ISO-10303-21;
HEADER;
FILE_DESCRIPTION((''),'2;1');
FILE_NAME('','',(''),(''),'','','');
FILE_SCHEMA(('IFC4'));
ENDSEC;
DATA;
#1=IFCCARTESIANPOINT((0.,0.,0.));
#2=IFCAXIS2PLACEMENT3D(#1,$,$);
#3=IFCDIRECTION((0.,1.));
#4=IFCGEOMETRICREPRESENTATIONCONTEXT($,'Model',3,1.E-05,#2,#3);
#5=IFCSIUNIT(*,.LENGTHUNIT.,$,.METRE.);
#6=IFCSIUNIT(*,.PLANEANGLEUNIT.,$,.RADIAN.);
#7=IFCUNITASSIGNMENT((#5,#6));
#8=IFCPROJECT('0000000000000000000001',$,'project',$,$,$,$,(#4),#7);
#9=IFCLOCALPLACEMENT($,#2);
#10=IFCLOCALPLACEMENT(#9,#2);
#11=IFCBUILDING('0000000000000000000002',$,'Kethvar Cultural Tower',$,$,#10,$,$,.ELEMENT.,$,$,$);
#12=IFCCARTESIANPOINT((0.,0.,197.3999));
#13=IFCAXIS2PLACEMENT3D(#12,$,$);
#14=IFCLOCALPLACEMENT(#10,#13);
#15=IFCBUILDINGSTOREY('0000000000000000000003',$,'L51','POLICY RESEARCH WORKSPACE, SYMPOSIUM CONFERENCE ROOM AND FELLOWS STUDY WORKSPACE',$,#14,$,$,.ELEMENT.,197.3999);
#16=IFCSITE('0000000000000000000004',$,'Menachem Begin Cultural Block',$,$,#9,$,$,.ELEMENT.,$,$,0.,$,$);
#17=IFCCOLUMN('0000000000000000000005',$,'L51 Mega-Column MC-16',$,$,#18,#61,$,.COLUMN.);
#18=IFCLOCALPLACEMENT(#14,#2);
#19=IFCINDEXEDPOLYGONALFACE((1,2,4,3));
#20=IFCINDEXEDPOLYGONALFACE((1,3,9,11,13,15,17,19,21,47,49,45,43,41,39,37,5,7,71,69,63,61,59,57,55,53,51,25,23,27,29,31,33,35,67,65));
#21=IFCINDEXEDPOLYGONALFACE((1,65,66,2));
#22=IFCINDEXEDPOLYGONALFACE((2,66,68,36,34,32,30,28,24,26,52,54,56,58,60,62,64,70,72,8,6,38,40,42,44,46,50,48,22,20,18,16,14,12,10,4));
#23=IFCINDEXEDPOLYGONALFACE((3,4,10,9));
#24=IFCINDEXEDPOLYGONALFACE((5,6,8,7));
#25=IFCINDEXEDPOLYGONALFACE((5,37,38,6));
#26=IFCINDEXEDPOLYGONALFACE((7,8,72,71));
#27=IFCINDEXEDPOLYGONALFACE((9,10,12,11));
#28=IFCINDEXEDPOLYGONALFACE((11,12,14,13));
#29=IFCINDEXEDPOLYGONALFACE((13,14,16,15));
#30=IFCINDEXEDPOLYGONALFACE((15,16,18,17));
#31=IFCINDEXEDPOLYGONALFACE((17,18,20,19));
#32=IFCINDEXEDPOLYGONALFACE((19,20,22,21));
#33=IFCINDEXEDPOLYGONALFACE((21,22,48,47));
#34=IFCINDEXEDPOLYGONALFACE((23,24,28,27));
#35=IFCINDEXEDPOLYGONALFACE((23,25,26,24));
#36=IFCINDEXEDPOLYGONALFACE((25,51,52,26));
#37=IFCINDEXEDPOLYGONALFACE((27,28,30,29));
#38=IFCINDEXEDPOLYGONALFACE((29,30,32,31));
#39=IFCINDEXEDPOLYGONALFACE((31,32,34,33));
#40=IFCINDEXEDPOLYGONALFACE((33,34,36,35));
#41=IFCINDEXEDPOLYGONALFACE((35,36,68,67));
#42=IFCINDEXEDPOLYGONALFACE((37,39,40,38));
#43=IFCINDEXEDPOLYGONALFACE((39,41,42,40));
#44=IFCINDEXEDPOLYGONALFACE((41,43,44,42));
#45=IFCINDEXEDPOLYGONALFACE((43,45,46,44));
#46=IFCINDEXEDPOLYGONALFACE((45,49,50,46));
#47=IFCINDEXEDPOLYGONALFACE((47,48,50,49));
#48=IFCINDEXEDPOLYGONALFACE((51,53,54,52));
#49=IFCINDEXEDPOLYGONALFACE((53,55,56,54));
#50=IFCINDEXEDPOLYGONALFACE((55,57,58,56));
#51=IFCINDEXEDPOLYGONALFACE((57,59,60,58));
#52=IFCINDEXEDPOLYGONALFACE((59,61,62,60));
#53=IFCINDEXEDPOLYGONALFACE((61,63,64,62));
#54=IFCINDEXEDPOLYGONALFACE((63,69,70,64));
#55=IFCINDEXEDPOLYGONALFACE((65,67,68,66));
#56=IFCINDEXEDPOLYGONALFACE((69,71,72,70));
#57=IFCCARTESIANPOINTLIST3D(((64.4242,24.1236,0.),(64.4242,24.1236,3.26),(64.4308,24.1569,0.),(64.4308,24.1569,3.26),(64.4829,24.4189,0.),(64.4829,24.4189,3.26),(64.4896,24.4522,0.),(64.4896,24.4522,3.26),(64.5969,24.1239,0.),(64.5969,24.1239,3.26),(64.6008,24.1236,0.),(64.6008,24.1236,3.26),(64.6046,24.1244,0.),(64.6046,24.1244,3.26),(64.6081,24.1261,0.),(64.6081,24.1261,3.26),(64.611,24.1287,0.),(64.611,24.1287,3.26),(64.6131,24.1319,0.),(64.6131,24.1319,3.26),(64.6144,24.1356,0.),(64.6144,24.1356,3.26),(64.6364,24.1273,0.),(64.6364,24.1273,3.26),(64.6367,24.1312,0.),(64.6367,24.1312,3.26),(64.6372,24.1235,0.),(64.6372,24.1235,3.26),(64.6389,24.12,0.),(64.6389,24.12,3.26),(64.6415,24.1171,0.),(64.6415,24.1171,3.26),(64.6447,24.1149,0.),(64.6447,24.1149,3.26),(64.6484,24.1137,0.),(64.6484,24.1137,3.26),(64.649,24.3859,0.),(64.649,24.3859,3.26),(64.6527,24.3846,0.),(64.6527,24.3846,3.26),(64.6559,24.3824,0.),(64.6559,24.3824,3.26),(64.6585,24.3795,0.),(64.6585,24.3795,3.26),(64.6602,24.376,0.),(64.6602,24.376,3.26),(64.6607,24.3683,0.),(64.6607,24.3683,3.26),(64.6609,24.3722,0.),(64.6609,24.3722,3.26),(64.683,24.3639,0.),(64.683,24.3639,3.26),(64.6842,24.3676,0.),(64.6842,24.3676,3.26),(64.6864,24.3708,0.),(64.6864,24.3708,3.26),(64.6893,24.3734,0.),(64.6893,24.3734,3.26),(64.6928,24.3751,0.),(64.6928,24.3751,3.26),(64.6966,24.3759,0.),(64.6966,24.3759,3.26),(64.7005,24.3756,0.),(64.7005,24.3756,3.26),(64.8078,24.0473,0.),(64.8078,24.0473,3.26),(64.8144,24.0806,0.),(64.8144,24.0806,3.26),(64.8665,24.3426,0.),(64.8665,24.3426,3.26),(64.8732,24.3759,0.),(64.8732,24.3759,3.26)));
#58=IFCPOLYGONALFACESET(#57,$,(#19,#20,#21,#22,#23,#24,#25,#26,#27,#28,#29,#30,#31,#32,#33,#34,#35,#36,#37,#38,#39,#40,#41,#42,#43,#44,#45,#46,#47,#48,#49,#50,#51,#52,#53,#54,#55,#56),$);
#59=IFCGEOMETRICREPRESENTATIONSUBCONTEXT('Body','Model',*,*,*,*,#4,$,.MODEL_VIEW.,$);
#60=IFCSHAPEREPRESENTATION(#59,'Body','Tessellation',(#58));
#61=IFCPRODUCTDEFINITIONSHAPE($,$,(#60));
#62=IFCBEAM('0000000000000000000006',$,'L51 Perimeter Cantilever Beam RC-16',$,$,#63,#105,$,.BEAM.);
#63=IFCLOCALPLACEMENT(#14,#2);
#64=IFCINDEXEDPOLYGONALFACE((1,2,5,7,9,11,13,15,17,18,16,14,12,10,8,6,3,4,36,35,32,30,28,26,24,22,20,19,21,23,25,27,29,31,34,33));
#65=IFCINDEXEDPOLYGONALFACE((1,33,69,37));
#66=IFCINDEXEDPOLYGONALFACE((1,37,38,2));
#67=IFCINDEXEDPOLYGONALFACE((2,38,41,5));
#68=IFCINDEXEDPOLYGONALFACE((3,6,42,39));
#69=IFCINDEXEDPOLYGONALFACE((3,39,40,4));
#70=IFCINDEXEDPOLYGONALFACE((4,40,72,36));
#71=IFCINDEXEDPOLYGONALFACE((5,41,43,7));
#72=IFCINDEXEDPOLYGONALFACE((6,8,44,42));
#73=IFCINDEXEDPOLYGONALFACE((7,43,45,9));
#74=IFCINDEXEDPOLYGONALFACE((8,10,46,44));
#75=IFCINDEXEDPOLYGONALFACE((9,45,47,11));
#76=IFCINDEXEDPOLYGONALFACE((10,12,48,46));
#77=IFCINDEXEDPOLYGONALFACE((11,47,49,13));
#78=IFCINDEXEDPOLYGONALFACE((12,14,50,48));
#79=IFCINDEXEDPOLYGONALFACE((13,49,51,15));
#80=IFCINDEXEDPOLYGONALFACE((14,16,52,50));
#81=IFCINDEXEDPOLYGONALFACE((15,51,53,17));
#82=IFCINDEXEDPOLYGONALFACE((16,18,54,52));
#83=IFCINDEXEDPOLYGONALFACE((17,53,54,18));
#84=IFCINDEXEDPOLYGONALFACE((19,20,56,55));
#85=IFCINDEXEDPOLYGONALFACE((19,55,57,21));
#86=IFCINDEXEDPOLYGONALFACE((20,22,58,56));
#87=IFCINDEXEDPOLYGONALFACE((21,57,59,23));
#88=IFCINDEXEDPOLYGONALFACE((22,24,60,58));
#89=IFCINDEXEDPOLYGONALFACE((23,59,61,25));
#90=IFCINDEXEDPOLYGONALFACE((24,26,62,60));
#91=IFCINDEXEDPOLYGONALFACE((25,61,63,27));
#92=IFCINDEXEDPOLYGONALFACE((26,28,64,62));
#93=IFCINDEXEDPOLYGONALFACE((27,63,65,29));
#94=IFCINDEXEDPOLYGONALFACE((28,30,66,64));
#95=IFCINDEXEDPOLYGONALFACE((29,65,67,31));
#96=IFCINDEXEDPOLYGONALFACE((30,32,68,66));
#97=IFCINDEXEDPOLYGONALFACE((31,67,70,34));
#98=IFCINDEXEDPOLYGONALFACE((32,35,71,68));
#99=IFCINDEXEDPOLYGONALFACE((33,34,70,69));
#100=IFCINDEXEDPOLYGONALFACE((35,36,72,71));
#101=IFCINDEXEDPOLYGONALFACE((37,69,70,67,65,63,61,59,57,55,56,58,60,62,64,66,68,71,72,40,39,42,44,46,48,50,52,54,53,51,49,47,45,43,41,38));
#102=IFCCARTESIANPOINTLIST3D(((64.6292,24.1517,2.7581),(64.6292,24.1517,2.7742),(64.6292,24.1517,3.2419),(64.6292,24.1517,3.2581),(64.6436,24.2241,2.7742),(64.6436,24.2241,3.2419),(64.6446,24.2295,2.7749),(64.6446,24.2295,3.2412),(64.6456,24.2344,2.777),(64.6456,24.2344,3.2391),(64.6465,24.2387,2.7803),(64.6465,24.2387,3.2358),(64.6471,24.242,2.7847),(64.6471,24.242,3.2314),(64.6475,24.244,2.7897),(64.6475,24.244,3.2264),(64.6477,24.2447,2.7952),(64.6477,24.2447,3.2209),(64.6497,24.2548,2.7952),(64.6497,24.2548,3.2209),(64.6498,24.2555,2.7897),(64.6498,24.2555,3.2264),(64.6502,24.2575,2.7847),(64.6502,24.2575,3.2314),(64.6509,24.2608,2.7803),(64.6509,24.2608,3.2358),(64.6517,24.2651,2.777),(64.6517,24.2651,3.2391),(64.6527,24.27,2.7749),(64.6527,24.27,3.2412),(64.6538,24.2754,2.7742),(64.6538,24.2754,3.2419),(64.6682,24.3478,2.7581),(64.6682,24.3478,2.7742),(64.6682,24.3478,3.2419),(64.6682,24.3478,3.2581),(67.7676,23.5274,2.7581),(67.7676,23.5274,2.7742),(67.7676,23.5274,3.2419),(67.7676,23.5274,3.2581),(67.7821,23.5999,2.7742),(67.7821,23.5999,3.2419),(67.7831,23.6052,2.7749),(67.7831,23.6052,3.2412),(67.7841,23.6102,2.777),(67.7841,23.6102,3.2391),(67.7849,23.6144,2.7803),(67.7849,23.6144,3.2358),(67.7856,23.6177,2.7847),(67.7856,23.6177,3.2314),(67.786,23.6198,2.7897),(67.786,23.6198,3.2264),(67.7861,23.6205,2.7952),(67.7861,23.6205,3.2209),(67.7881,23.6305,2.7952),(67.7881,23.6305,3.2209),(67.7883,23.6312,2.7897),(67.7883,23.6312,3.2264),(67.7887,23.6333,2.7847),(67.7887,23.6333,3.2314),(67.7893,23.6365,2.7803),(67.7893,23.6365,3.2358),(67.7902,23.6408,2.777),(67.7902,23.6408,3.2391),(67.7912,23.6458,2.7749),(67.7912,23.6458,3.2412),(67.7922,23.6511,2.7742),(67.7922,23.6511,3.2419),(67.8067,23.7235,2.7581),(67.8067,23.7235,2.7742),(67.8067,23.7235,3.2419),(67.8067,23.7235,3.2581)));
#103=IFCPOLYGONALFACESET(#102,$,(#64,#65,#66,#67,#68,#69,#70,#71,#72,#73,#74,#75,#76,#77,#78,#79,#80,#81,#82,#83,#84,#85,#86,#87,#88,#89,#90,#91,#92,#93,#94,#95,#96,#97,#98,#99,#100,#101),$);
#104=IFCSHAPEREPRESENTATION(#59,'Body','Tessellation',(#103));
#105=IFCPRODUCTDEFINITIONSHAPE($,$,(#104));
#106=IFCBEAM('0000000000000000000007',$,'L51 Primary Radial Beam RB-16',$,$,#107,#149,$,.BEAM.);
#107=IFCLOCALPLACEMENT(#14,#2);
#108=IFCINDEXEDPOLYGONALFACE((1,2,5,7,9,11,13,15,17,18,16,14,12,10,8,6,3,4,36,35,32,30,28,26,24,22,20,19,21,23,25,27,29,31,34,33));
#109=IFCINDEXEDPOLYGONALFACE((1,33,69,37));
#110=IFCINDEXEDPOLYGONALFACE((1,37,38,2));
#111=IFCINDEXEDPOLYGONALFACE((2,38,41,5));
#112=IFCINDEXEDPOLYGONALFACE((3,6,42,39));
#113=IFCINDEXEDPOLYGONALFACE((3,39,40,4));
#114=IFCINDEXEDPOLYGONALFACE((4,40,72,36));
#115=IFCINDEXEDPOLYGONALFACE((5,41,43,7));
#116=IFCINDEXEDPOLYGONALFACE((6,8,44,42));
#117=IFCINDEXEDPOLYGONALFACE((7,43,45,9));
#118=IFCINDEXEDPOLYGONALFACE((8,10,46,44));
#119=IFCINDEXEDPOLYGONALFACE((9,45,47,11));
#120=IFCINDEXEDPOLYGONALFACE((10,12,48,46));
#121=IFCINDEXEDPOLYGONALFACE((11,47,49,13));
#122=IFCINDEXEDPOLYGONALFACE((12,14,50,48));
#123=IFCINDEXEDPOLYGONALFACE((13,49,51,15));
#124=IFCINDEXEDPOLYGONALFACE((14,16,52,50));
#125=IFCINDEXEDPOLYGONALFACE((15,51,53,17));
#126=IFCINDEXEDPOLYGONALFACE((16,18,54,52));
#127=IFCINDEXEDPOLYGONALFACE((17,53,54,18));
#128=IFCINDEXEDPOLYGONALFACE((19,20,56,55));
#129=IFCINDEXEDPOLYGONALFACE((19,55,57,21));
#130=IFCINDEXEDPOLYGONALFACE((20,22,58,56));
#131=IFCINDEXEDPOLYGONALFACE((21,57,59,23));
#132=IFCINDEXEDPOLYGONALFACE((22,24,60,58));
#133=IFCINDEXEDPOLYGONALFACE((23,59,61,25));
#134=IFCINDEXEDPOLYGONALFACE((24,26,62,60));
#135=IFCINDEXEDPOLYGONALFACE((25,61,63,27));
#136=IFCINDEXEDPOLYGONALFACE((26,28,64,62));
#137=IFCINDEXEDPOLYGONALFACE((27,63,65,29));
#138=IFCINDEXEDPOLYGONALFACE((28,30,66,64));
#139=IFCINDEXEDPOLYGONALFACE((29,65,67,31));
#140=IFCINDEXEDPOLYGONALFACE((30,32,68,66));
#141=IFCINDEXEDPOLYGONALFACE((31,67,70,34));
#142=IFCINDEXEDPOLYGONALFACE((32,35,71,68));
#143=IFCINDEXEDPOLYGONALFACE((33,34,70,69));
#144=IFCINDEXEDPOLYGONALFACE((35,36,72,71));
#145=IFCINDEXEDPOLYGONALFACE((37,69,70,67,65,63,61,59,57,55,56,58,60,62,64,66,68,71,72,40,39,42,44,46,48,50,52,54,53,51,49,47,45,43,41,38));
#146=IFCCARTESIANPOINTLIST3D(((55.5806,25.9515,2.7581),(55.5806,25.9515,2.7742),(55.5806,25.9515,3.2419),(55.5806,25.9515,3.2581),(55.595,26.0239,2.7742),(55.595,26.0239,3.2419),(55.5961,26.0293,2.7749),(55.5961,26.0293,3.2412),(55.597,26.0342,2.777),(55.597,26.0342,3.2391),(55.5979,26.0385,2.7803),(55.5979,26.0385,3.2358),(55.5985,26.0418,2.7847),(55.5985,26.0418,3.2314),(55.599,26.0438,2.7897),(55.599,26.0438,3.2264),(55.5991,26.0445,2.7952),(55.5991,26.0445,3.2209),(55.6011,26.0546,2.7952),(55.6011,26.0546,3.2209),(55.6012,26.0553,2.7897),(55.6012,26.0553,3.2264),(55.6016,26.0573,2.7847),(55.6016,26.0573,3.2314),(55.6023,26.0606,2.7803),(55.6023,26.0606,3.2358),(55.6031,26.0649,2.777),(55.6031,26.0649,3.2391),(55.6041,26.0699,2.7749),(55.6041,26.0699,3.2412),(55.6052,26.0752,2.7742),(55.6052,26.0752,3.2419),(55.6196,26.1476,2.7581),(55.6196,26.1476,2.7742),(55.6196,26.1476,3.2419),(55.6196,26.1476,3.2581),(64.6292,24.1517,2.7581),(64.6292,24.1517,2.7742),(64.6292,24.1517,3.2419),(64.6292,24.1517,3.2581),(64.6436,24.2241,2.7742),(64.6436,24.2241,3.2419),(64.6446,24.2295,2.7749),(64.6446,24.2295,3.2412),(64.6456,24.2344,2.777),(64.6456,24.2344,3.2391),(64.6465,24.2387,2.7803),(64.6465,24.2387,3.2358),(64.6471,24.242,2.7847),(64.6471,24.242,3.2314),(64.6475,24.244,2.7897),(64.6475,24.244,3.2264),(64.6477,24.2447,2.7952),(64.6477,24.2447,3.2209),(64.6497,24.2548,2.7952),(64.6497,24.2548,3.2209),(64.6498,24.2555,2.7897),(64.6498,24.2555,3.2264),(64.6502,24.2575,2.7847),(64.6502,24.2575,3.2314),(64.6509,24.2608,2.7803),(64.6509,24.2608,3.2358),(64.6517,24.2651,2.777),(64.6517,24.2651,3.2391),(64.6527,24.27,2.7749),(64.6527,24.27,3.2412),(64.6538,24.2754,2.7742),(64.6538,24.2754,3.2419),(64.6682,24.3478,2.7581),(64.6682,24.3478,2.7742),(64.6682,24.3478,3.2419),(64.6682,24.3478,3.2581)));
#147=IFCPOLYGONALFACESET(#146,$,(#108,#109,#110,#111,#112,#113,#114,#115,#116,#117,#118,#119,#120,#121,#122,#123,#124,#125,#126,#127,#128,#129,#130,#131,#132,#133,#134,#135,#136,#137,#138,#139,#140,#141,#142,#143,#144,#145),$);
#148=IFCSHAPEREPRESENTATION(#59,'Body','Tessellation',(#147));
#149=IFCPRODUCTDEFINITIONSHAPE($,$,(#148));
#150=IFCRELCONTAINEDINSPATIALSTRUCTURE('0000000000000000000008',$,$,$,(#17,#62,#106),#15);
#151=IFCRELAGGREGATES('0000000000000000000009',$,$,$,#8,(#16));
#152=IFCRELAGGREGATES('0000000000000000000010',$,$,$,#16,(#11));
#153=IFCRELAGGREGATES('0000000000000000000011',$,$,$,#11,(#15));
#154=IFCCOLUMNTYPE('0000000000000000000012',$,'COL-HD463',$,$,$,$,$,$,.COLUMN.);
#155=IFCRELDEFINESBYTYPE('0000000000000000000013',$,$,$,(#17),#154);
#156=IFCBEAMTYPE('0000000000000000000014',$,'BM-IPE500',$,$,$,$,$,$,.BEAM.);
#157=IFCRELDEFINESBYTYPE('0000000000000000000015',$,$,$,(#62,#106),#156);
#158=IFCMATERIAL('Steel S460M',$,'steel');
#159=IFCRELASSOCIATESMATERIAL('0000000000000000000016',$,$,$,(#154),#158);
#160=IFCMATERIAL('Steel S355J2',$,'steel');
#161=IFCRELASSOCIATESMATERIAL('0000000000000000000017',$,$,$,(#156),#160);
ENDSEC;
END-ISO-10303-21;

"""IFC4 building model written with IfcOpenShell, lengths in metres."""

from ifc_helpers import new_model, si_unit, direction, frame, origin, origin_2d, place, context, subcontext, project, spatial, i_section, extrude, source, transform, mapped, material, material_profile, profile_set, type_object, element, save


model = new_model("IFC4")

# Units and contexts
model_context = context("Model", 3, precision=1e-05, world=origin(), true_north=direction((0.0, 1.0)))
body_context = subcontext(model_context, "Body", "Model", "MODEL_VIEW")
ifc_project = project(units=[si_unit("LENGTHUNIT", "METRE"), si_unit("PLANEANGLEUNIT", "RADIAN")], contexts=[model_context])

# Site, building, storey
site_placement = place(None, origin())
site = spatial("IfcSite", under=ifc_project, at=site_placement, Name="Menachem Begin Cultural Block", CompositionType="ELEMENT", RefElevation=0.0)
building_placement = place(site_placement, origin())
building = spatial("IfcBuilding", under=site, at=building_placement, Name="Kethvar Cultural Tower", CompositionType="ELEMENT")
storey_placement = place(building_placement, frame((0.0, 0.0, 197.3999)))
storey = spatial("IfcBuildingStorey", under=building, at=storey_placement, Name="L51", Description="POLICY RESEARCH WORKSPACE, SYMPOSIUM CONFERENCE ROOM AND FELLOWS STUDY WORKSPACE", CompositionType="ELEMENT", Elevation=197.3999)

# Column
ifc_material_1 = material(Name="Steel S460M", Category="steel")
ifc_material_profile_1 = material_profile(ifc_material_1, i_section(OverallWidth=0.3911, OverallDepth=0.335, WebThickness=0.0227, FlangeThickness=0.0339, FilletRadius=0.0149, at=origin_2d()), Name="Steel S460M — HD400x463")
ifc_profile_set_1 = profile_set([ifc_material_profile_1], Name="Steel S460M — HD400x463")
column_type = type_object("IfcColumnType", Name="COL-HD463", PredefinedType="COLUMN", material=ifc_profile_set_1)
shared_shape_1 = source(origin(), body_context, "Body", "SweptSolid", [
    extrude(i_section(OverallWidth=0.3911, OverallDepth=0.335, WebThickness=0.0227, FlangeThickness=0.0339, FilletRadius=0.0149, at=origin_2d()), origin(), (0.0, 0.0, 1.0), 3.26),
])
column_placement = place(storey_placement, frame((64.6487, 24.2498, 0.0), z_axis=(0.0, 0.0, 1.0), x_axis=(0.980785, -0.19509, 0.0)))
element("IfcColumn", 1, at=column_placement, inside=storey, type_object=column_type, Name="L51 Mega-Column MC-16", PredefinedType="COLUMN", context=body_context, shape_type="MappedRepresentation", body=[
    mapped(shared_shape_1, transform((0.0, 0.0, 0.0), scale=1.0)),
])

# Beams
ifc_material_2 = material(Name="Steel S355J2", Category="steel")
ifc_material_profile_2 = material_profile(ifc_material_2, i_section(OverallWidth=0.2, OverallDepth=0.5, WebThickness=0.0103, FlangeThickness=0.0161, FilletRadius=0.021, at=origin_2d()), Name="Steel S355J2 — IPE500")
ifc_profile_set_2 = profile_set([ifc_material_profile_2], Name="Steel S355J2 — IPE500")
beam_type_1 = type_object("IfcBeamType", Name="BM-IPE500", PredefinedType="BEAM", material=ifc_profile_set_2)
shared_shape_2 = source(origin(), body_context, "Body", "SweptSolid", [
    extrude(i_section(OverallWidth=0.2, OverallDepth=0.5, WebThickness=0.0103, FlangeThickness=0.0161, FilletRadius=0.021, at=origin_2d()), origin(), (0.0, 0.0, 1.0), 3.2),
])
beam_1_placement = place(storey_placement, frame((64.6487, 24.2498, 3.0081), z_axis=(0.980786, -0.195089, 0.0), x_axis=(0.195089, 0.980786, 0.0)))
element("IfcBeam", 2, at=beam_1_placement, inside=storey, type_object=beam_type_1, Name="L51 Perimeter Cantilever Beam RC-16", PredefinedType="BEAM", context=body_context, shape_type="MappedRepresentation", body=[
    mapped(shared_shape_2, transform((0.0, 0.0, 0.0), scale=1.0)),
])
shared_shape_3 = source(origin(), body_context, "Body", "SweptSolid", [
    extrude(i_section(OverallWidth=0.2, OverallDepth=0.5, WebThickness=0.0103, FlangeThickness=0.0161, FilletRadius=0.021, at=origin_2d()), origin(), (0.0, 0.0, 1.0), 9.2258),
])
beam_2_placement = place(storey_placement, frame((55.6001, 26.0496, 3.0081), z_axis=(0.980787, -0.195083, 0.0), x_axis=(0.195083, 0.980787, 0.0)))
element("IfcBeam", 3, at=beam_2_placement, inside=storey, type_object=beam_type_1, Name="L51 Primary Radial Beam RB-16", PredefinedType="BEAM", context=body_context, shape_type="MappedRepresentation", body=[
    mapped(shared_shape_3, transform((0.0, 0.0, 0.0), scale=1.0)),
])

save(model, "model.ifc")
